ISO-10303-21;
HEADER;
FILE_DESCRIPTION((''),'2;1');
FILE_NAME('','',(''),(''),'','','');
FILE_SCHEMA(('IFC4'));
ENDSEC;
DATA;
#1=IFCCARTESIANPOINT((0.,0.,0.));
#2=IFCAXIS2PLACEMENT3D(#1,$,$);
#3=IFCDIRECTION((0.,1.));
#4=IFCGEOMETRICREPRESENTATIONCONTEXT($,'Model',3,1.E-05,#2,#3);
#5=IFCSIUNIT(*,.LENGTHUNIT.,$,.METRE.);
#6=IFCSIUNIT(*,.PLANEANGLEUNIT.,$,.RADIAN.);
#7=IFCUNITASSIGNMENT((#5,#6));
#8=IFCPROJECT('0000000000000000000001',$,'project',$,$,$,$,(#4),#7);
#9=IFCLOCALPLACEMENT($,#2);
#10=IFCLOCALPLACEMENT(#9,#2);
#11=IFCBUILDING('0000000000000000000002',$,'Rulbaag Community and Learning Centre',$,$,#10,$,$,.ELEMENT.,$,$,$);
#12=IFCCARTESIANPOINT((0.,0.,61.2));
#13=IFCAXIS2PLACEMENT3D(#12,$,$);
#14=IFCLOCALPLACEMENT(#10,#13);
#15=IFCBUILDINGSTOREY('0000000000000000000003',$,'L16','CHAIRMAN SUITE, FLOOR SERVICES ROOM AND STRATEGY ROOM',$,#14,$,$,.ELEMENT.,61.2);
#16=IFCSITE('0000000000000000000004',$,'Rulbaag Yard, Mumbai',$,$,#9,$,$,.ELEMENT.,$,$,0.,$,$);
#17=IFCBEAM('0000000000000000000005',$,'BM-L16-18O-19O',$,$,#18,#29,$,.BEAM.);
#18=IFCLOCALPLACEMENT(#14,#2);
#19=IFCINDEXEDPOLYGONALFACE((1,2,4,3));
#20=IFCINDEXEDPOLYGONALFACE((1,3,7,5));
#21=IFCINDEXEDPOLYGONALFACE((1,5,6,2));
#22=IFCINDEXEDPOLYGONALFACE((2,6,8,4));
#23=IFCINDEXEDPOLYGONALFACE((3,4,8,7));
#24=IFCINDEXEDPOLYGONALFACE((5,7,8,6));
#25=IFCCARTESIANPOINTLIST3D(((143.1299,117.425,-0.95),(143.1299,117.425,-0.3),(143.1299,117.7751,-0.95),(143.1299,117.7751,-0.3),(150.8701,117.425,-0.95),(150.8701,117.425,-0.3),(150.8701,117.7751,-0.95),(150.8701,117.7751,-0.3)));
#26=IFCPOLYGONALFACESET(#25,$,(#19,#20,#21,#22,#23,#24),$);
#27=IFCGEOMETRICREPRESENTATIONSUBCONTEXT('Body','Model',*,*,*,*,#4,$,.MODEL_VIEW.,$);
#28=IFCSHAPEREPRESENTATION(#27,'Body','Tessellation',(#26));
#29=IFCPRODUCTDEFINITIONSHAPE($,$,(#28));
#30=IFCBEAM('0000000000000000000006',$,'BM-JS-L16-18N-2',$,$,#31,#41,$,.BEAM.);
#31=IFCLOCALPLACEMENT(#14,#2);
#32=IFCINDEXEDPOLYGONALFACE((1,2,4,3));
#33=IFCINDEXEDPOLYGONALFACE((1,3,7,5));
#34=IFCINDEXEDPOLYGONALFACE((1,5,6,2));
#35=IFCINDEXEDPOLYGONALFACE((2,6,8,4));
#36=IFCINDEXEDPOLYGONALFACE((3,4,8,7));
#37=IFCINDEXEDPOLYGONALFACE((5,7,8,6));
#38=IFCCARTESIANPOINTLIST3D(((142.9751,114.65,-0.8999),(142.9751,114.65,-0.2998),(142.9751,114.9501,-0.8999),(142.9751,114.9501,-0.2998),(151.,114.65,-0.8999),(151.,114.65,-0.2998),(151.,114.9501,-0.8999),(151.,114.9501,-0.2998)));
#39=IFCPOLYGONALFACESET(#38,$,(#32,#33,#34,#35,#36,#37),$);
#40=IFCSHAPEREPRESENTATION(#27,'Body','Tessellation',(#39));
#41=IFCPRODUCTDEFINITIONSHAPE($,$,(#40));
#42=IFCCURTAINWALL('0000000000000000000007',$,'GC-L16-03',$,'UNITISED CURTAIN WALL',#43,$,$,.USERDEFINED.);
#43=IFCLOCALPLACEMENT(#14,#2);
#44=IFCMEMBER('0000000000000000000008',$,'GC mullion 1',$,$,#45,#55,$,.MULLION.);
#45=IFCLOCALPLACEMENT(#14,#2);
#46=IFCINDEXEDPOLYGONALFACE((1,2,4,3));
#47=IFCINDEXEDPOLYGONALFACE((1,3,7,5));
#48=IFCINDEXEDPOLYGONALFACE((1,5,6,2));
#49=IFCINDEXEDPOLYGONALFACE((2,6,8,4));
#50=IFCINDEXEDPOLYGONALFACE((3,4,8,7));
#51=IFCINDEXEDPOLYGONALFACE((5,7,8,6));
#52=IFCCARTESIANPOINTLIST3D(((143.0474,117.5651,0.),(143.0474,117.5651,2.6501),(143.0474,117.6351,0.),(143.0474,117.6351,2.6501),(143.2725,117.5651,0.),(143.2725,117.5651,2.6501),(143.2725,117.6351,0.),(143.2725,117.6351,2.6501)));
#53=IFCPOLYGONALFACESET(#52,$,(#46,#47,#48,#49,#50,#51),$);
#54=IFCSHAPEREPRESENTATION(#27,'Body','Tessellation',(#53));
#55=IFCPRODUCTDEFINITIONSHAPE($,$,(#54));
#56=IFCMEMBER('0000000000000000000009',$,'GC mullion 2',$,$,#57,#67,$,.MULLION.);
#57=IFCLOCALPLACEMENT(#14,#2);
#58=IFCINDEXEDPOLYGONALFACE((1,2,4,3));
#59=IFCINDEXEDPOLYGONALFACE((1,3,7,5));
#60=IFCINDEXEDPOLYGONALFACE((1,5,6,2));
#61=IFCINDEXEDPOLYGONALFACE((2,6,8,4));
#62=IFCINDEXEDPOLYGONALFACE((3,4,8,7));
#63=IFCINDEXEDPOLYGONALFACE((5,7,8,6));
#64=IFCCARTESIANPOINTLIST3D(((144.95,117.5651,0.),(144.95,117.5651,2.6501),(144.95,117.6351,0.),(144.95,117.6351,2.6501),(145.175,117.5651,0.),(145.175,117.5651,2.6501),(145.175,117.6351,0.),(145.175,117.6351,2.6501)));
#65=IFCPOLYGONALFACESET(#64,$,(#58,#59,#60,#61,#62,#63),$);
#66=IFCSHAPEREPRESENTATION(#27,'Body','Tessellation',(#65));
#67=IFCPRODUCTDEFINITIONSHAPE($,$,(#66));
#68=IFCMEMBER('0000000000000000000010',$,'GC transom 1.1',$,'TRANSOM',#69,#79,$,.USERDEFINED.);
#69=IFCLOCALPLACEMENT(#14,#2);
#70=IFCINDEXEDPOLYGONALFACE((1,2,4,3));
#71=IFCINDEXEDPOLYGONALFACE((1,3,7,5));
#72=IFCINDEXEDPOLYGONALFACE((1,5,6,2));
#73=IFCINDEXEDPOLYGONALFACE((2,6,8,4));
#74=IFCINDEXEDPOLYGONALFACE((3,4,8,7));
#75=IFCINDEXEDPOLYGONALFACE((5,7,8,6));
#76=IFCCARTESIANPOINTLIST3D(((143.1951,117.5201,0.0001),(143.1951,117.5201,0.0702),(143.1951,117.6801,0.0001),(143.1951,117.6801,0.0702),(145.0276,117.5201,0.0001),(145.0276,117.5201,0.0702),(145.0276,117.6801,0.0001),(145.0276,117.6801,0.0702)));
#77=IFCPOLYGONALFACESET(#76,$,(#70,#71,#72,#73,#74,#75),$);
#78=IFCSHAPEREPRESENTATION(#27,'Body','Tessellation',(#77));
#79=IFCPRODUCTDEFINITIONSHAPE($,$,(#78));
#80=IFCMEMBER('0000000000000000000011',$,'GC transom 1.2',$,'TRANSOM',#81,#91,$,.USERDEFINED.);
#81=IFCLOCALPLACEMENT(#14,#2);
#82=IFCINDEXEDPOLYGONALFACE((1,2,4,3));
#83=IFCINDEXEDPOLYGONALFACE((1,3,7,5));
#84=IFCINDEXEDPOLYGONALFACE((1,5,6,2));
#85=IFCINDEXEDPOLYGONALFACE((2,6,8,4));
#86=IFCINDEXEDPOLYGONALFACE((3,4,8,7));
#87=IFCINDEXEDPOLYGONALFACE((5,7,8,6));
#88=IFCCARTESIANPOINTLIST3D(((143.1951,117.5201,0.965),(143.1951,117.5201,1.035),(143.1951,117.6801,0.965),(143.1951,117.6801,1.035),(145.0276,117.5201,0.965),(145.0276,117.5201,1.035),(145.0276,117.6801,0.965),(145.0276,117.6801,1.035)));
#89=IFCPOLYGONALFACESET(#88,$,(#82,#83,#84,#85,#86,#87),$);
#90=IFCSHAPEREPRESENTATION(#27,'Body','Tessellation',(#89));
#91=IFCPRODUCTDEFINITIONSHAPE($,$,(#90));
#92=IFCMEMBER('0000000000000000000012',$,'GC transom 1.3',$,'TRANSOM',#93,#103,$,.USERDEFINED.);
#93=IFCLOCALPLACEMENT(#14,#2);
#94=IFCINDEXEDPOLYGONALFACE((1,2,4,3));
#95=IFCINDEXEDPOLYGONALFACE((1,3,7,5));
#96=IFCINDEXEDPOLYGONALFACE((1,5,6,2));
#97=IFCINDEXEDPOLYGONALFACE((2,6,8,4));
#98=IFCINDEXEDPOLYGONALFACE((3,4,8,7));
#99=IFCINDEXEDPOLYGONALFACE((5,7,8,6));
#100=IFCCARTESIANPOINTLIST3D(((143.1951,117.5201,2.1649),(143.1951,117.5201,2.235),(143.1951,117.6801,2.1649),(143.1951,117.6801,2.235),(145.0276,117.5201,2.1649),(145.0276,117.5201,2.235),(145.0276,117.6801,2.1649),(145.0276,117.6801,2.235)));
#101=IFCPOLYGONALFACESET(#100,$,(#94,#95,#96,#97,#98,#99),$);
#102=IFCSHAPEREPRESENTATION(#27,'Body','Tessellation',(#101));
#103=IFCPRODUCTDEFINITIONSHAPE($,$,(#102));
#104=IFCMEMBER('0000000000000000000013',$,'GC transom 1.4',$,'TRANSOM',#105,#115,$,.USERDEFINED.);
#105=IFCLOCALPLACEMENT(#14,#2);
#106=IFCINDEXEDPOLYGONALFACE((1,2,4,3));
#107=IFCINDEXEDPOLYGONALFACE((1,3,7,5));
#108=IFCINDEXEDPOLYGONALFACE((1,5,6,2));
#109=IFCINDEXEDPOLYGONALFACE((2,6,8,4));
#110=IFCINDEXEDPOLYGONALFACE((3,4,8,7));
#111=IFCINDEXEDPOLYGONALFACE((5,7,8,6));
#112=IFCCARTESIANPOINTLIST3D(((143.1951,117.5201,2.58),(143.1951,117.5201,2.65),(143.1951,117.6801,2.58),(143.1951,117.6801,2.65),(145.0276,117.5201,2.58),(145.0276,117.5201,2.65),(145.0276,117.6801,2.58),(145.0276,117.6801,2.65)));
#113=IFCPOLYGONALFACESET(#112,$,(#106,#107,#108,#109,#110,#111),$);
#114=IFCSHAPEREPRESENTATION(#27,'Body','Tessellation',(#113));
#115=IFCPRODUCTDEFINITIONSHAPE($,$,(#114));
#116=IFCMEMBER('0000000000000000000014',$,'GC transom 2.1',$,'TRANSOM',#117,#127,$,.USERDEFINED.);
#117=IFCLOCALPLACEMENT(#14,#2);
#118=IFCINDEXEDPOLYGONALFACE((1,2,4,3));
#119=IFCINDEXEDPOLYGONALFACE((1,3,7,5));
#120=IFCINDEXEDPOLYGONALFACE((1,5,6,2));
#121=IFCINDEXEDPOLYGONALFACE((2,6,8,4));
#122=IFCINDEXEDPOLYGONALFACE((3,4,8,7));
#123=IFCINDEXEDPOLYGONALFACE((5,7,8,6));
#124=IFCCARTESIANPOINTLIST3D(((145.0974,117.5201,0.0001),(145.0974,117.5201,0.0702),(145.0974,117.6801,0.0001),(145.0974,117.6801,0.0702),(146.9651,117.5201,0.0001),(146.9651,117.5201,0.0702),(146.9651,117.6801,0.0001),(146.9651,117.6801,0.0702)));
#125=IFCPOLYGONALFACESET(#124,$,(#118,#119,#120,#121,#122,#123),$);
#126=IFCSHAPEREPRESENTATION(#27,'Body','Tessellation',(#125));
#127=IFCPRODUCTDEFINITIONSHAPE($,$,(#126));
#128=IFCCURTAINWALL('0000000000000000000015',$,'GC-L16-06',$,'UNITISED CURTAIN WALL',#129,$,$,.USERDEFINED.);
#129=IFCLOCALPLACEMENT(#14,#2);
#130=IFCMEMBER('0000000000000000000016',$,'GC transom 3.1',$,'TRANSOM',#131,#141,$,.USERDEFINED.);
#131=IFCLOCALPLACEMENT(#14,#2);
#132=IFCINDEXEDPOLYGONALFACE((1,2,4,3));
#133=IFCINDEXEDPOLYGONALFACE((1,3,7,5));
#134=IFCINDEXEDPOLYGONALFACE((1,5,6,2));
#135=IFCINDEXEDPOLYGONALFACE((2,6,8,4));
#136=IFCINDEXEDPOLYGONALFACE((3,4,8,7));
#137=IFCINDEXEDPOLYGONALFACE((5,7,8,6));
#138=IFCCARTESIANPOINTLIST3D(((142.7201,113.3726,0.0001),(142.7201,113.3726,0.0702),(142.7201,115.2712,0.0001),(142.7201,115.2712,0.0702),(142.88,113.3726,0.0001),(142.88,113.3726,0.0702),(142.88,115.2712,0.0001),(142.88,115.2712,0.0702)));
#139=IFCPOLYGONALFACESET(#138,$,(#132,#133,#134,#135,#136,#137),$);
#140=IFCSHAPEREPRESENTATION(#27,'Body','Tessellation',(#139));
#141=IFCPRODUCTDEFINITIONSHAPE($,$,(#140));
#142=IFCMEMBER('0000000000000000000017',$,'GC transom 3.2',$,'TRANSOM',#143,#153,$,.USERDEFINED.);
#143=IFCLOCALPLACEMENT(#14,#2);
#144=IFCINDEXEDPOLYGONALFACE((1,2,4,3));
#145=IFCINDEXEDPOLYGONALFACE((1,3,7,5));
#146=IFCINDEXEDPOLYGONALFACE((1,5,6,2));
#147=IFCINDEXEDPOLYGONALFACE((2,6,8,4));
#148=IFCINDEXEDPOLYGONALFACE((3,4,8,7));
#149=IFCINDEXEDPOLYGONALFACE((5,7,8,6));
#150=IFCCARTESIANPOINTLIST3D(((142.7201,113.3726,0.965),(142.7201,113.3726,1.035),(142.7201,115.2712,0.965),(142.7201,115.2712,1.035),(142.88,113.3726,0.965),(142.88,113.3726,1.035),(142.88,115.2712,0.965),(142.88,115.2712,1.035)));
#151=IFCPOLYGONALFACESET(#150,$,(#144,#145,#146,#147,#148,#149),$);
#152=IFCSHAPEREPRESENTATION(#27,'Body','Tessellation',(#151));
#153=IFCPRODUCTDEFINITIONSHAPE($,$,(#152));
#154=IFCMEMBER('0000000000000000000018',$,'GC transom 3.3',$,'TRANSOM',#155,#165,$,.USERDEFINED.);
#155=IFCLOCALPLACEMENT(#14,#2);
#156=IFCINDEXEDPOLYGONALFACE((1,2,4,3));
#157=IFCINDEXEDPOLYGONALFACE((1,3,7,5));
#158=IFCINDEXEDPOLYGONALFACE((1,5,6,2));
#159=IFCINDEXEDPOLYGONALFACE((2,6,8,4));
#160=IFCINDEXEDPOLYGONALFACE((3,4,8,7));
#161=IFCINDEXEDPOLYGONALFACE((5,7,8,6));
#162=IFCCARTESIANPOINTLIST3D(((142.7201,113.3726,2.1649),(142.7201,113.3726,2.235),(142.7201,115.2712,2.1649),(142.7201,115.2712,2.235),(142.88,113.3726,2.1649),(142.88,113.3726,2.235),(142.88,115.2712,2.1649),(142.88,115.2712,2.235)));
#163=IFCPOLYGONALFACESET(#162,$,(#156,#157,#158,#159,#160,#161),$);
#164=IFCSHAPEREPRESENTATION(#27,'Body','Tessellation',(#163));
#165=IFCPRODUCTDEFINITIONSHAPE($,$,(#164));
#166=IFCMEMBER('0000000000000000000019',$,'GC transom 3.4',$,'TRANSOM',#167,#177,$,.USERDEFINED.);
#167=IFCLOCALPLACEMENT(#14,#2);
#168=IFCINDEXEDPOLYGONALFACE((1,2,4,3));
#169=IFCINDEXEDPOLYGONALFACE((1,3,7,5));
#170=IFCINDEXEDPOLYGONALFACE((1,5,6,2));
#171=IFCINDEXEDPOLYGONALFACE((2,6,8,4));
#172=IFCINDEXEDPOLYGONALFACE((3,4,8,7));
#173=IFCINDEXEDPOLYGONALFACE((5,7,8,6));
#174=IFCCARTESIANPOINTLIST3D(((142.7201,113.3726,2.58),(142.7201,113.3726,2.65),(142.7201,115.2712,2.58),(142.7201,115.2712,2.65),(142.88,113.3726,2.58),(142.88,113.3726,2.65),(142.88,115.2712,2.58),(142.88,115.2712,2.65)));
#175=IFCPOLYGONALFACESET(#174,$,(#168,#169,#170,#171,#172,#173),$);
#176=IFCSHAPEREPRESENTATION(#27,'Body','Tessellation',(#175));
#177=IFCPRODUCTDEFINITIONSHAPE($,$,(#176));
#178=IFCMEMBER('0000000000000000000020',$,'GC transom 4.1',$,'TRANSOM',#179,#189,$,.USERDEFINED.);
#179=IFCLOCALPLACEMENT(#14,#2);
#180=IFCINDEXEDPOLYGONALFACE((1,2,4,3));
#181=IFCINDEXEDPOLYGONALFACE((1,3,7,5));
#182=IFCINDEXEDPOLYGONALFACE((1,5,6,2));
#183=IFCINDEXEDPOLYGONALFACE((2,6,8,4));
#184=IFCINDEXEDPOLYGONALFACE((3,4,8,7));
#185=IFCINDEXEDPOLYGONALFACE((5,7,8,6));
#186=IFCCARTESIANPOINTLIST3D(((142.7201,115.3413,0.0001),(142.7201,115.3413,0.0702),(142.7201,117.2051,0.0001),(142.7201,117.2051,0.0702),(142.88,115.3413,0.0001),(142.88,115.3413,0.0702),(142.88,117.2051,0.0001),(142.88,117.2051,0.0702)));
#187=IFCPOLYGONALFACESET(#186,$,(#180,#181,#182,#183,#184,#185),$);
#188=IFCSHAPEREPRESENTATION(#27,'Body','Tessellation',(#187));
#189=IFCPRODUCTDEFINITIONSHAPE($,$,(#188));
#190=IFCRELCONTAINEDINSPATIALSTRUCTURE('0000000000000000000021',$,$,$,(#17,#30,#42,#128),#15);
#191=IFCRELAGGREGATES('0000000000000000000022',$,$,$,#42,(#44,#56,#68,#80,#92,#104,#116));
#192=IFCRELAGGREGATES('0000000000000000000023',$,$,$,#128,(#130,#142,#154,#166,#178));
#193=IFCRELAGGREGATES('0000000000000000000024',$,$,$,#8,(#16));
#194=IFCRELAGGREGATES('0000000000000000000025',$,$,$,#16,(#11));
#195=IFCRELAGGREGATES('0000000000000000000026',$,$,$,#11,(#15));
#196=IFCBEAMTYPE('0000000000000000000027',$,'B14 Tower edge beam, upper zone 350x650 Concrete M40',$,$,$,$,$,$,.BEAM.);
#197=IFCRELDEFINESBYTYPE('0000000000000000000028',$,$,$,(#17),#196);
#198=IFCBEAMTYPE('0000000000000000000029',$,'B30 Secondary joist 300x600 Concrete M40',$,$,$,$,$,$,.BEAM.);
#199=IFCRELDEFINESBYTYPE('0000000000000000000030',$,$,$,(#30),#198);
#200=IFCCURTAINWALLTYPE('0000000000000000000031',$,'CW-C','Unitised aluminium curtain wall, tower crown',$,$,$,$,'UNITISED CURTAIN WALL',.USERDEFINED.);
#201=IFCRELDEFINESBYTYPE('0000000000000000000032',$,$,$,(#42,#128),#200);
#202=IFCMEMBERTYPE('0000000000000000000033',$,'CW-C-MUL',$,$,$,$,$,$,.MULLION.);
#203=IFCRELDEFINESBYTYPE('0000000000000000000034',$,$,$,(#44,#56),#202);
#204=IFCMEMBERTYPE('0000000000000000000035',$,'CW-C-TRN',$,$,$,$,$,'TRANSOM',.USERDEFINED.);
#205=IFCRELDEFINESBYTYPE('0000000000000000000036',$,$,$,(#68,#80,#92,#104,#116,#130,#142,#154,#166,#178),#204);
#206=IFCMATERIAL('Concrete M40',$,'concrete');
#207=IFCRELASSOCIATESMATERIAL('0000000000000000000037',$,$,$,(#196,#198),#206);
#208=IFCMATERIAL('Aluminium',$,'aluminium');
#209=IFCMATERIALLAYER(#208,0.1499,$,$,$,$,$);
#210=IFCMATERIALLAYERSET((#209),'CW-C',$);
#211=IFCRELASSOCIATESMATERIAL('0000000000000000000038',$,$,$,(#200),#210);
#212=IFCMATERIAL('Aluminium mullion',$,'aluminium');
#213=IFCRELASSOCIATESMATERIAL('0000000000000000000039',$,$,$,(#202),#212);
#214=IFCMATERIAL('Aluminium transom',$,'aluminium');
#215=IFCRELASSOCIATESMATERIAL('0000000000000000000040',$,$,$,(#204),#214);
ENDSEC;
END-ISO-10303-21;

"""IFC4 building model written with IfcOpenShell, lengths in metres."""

from ifc_helpers import new_model, si_unit, direction, frame, origin, origin_2d, place, context, subcontext, project, spatial, rectangle, extrude, material, layer, layer_set, material_profile, profile_set, type_object, element, aggregate, save


model = new_model("IFC4")

# Units and contexts
model_context = context("Model", 3, precision=1e-05, world=origin(), true_north=direction((0.0, 1.0)))
body_context = subcontext(model_context, "Body", "Model", "MODEL_VIEW")
ifc_project = project(units=[si_unit("LENGTHUNIT", "METRE"), si_unit("PLANEANGLEUNIT", "RADIAN")], contexts=[model_context])

# Site, building, storey
site_placement = place(None, origin())
site = spatial("IfcSite", under=ifc_project, at=site_placement, Name="Rulbaag Yard, Mumbai", CompositionType="ELEMENT", RefElevation=0.0)
building_placement = place(site_placement, origin())
building = spatial("IfcBuilding", under=site, at=building_placement, Name="Rulbaag Community and Learning Centre", CompositionType="ELEMENT")
storey_placement = place(building_placement, frame((0.0, 0.0, 61.2)))
storey = spatial("IfcBuildingStorey", under=building, at=storey_placement, Name="L16", Description="CHAIRMAN SUITE, FLOOR SERVICES ROOM AND STRATEGY ROOM", CompositionType="ELEMENT", Elevation=61.2)

# Beams
ifc_material_1 = material(Name="Concrete M40", Category="concrete")
ifc_material_profile_1 = material_profile(ifc_material_1, rectangle(XDim=0.3501, YDim=0.6499, at=origin_2d()), Name="RB350x650")
ifc_profile_set_1 = profile_set([ifc_material_profile_1], Name="Concrete M40")
beam_type_1 = type_object("IfcBeamType", Name="B14 Tower edge beam, upper zone 350x650 Concrete M40", PredefinedType="BEAM", material=ifc_profile_set_1)
beam_1_placement = place(storey_placement, frame((143.1299, 117.6001, -0.625), z_axis=(1.0, 0.0, 0.0), x_axis=(0.0, 1.0, 0.0)))
element("IfcBeam", 1, at=beam_1_placement, inside=storey, type_object=beam_type_1, Name="BM-L16-18O-19O", PredefinedType="BEAM", context=body_context, shape_type="SweptSolid", body=[
    extrude(rectangle(XDim=0.3501, YDim=0.6499, at=origin_2d()), origin(), (0.0, 0.0, 1.0), 7.7402),
])
ifc_material_profile_2 = material_profile(ifc_material_1, rectangle(XDim=0.3, YDim=0.6001, at=origin_2d()), Name="RB300x600")
ifc_profile_set_2 = profile_set([ifc_material_profile_2], Name="Concrete M40")
beam_type_2 = type_object("IfcBeamType", Name="B30 Secondary joist 300x600 Concrete M40", PredefinedType="BEAM", material=ifc_profile_set_2)
beam_2_placement = place(storey_placement, frame((142.9751, 114.8, -0.5999), z_axis=(1.0, 0.0, 0.0), x_axis=(0.0, 1.0, 0.0)))
element("IfcBeam", 2, at=beam_2_placement, inside=storey, type_object=beam_type_2, Name="BM-JS-L16-18N-2", PredefinedType="BEAM", context=body_context, shape_type="SweptSolid", body=[
    extrude(rectangle(XDim=0.3, YDim=0.6001, at=origin_2d()), origin(), (0.0, 0.0, 1.0), 8.0249),
])

# Curtain walls, members
ifc_material_2 = material(Name="Aluminium", Category="aluminium")
ifc_layer_1 = layer(ifc_material_2, 0.1499)
ifc_layer_set_1 = layer_set([ifc_layer_1], Name="CW-C")
curtain_wall_type = type_object("IfcCurtainWallType", Name="CW-C", Description="Unitised aluminium curtain wall, tower crown", ElementType="UNITISED CURTAIN WALL", PredefinedType="USERDEFINED", material=ifc_layer_set_1)
curtain_wall_1_placement = place(storey_placement, origin())
curtain_wall_1 = element("IfcCurtainWall", 3, at=curtain_wall_1_placement, inside=storey, type_object=curtain_wall_type, Name="GC-L16-03", ObjectType="UNITISED CURTAIN WALL", PredefinedType="USERDEFINED")
ifc_material_3 = material(Name="Aluminium mullion", Category="aluminium")
ifc_material_profile_3 = material_profile(ifc_material_3, rectangle(XDim=0.0701, YDim=0.2251, at=origin_2d()), Name="AL 70x225")
ifc_profile_set_3 = profile_set([ifc_material_profile_3], Name="Aluminium mullion")
member_type_1 = type_object("IfcMemberType", Name="CW-C-MUL", PredefinedType="MULLION", material=ifc_profile_set_3)
member_1_placement = place(storey_placement, frame((143.1599, 117.6001, 0.0), z_axis=(0.0, 0.0, 1.0), x_axis=(0.0, 1.0, 0.0)))
member_1 = element("IfcMember", 4, at=member_1_placement, type_object=member_type_1, Name="GC mullion 1", PredefinedType="MULLION", context=body_context, shape_type="SweptSolid", body=[
    extrude(rectangle(XDim=0.0701, YDim=0.2251, at=origin_2d()), origin(), (0.0, 0.0, 1.0), 2.6501),
])
member_2_placement = place(storey_placement, frame((145.0625, 117.6001, 0.0), z_axis=(0.0, 0.0, 1.0), x_axis=(0.0, 1.0, 0.0)))
member_2 = element("IfcMember", 5, at=member_2_placement, type_object=member_type_1, Name="GC mullion 2", PredefinedType="MULLION", context=body_context, shape_type="SweptSolid", body=[
    extrude(rectangle(XDim=0.0701, YDim=0.2251, at=origin_2d()), origin(), (0.0, 0.0, 1.0), 2.6501),
])
ifc_material_4 = material(Name="Aluminium transom", Category="aluminium")
ifc_material_profile_4 = material_profile(ifc_material_4, rectangle(XDim=0.1599, YDim=0.0701, at=origin_2d()), Name="AL 70x160 T")
ifc_profile_set_4 = profile_set([ifc_material_profile_4], Name="Aluminium transom")
member_type_2 = type_object("IfcMemberType", Name="CW-C-TRN", ElementType="TRANSOM", PredefinedType="USERDEFINED", material=ifc_profile_set_4)
member_3_placement = place(storey_placement, frame((143.1951, 117.6001, 0.0352), z_axis=(1.0, 0.0, 0.0), x_axis=(0.0, 1.0, 0.0)))
member_3 = element("IfcMember", 6, at=member_3_placement, type_object=member_type_2, Name="GC transom 1.1", ObjectType="TRANSOM", PredefinedType="USERDEFINED", context=body_context, shape_type="SweptSolid", body=[
    extrude(rectangle(XDim=0.1599, YDim=0.0701, at=origin_2d()), origin(), (0.0, 0.0, 1.0), 1.8325),
])
member_4_placement = place(storey_placement, frame((143.1951, 117.6001, 1.0), z_axis=(1.0, 0.0, 0.0), x_axis=(0.0, 1.0, 0.0)))
member_4 = element("IfcMember", 7, at=member_4_placement, type_object=member_type_2, Name="GC transom 1.2", ObjectType="TRANSOM", PredefinedType="USERDEFINED", context=body_context, shape_type="SweptSolid", body=[
    extrude(rectangle(XDim=0.1599, YDim=0.0701, at=origin_2d()), origin(), (0.0, 0.0, 1.0), 1.8325),
])
member_5_placement = place(storey_placement, frame((143.1951, 117.6001, 2.2), z_axis=(1.0, 0.0, 0.0), x_axis=(0.0, 1.0, 0.0)))
member_5 = element("IfcMember", 8, at=member_5_placement, type_object=member_type_2, Name="GC transom 1.3", ObjectType="TRANSOM", PredefinedType="USERDEFINED", context=body_context, shape_type="SweptSolid", body=[
    extrude(rectangle(XDim=0.1599, YDim=0.0701, at=origin_2d()), origin(), (0.0, 0.0, 1.0), 1.8325),
])
member_6_placement = place(storey_placement, frame((143.1951, 117.6001, 2.615), z_axis=(1.0, 0.0, 0.0), x_axis=(0.0, 1.0, 0.0)))
member_6 = element("IfcMember", 9, at=member_6_placement, type_object=member_type_2, Name="GC transom 1.4", ObjectType="TRANSOM", PredefinedType="USERDEFINED", context=body_context, shape_type="SweptSolid", body=[
    extrude(rectangle(XDim=0.1599, YDim=0.0701, at=origin_2d()), origin(), (0.0, 0.0, 1.0), 1.8325),
])
member_7_placement = place(storey_placement, frame((145.0974, 117.6001, 0.0352), z_axis=(1.0, 0.0, 0.0), x_axis=(0.0, 1.0, 0.0)))
member_7 = element("IfcMember", 10, at=member_7_placement, type_object=member_type_2, Name="GC transom 2.1", ObjectType="TRANSOM", PredefinedType="USERDEFINED", context=body_context, shape_type="SweptSolid", body=[
    extrude(rectangle(XDim=0.1599, YDim=0.0701, at=origin_2d()), origin(), (0.0, 0.0, 1.0), 1.8677),
])
curtain_wall_2_placement = place(storey_placement, origin())
curtain_wall_2 = element("IfcCurtainWall", 11, at=curtain_wall_2_placement, inside=storey, type_object=curtain_wall_type, Name="GC-L16-06", ObjectType="UNITISED CURTAIN WALL", PredefinedType="USERDEFINED")
member_8_placement = place(storey_placement, frame((142.8, 113.3726, 0.0352), z_axis=(0.0, 1.0, 0.0), x_axis=(-1.0, 0.0, 0.0)))
member_8 = element("IfcMember", 12, at=member_8_placement, type_object=member_type_2, Name="GC transom 3.1", ObjectType="TRANSOM", PredefinedType="USERDEFINED", context=body_context, shape_type="SweptSolid", body=[
    extrude(rectangle(XDim=0.1599, YDim=0.0701, at=origin_2d()), origin(), (0.0, 0.0, 1.0), 1.8987),
])
member_9_placement = place(storey_placement, frame((142.8, 113.3726, 1.0), z_axis=(0.0, 1.0, 0.0), x_axis=(-1.0, 0.0, 0.0)))
member_9 = element("IfcMember", 13, at=member_9_placement, type_object=member_type_2, Name="GC transom 3.2", ObjectType="TRANSOM", PredefinedType="USERDEFINED", context=body_context, shape_type="SweptSolid", body=[
    extrude(rectangle(XDim=0.1599, YDim=0.0701, at=origin_2d()), origin(), (0.0, 0.0, 1.0), 1.8987),
])
member_10_placement = place(storey_placement, frame((142.8, 113.3726, 2.2), z_axis=(0.0, 1.0, 0.0), x_axis=(-1.0, 0.0, 0.0)))
member_10 = element("IfcMember", 14, at=member_10_placement, type_object=member_type_2, Name="GC transom 3.3", ObjectType="TRANSOM", PredefinedType="USERDEFINED", context=body_context, shape_type="SweptSolid", body=[
    extrude(rectangle(XDim=0.1599, YDim=0.0701, at=origin_2d()), origin(), (0.0, 0.0, 1.0), 1.8987),
])
member_11_placement = place(storey_placement, frame((142.8, 113.3726, 2.615), z_axis=(0.0, 1.0, 0.0), x_axis=(-1.0, 0.0, 0.0)))
member_11 = element("IfcMember", 15, at=member_11_placement, type_object=member_type_2, Name="GC transom 3.4", ObjectType="TRANSOM", PredefinedType="USERDEFINED", context=body_context, shape_type="SweptSolid", body=[
    extrude(rectangle(XDim=0.1599, YDim=0.0701, at=origin_2d()), origin(), (0.0, 0.0, 1.0), 1.8987),
])
member_12_placement = place(storey_placement, frame((142.8, 115.3413, 0.0352), z_axis=(0.0, 1.0, 0.0), x_axis=(-1.0, 0.0, 0.0)))
member_12 = element("IfcMember", 16, at=member_12_placement, type_object=member_type_2, Name="GC transom 4.1", ObjectType="TRANSOM", PredefinedType="USERDEFINED", context=body_context, shape_type="SweptSolid", body=[
    extrude(rectangle(XDim=0.1599, YDim=0.0701, at=origin_2d()), origin(), (0.0, 0.0, 1.0), 1.8638),
])

aggregate(curtain_wall_1, [member_1, member_2, member_3, member_4, member_5, member_6, member_7])
aggregate(curtain_wall_2, [member_8, member_9, member_10, member_11, member_12])

save(model, "model.ifc")
